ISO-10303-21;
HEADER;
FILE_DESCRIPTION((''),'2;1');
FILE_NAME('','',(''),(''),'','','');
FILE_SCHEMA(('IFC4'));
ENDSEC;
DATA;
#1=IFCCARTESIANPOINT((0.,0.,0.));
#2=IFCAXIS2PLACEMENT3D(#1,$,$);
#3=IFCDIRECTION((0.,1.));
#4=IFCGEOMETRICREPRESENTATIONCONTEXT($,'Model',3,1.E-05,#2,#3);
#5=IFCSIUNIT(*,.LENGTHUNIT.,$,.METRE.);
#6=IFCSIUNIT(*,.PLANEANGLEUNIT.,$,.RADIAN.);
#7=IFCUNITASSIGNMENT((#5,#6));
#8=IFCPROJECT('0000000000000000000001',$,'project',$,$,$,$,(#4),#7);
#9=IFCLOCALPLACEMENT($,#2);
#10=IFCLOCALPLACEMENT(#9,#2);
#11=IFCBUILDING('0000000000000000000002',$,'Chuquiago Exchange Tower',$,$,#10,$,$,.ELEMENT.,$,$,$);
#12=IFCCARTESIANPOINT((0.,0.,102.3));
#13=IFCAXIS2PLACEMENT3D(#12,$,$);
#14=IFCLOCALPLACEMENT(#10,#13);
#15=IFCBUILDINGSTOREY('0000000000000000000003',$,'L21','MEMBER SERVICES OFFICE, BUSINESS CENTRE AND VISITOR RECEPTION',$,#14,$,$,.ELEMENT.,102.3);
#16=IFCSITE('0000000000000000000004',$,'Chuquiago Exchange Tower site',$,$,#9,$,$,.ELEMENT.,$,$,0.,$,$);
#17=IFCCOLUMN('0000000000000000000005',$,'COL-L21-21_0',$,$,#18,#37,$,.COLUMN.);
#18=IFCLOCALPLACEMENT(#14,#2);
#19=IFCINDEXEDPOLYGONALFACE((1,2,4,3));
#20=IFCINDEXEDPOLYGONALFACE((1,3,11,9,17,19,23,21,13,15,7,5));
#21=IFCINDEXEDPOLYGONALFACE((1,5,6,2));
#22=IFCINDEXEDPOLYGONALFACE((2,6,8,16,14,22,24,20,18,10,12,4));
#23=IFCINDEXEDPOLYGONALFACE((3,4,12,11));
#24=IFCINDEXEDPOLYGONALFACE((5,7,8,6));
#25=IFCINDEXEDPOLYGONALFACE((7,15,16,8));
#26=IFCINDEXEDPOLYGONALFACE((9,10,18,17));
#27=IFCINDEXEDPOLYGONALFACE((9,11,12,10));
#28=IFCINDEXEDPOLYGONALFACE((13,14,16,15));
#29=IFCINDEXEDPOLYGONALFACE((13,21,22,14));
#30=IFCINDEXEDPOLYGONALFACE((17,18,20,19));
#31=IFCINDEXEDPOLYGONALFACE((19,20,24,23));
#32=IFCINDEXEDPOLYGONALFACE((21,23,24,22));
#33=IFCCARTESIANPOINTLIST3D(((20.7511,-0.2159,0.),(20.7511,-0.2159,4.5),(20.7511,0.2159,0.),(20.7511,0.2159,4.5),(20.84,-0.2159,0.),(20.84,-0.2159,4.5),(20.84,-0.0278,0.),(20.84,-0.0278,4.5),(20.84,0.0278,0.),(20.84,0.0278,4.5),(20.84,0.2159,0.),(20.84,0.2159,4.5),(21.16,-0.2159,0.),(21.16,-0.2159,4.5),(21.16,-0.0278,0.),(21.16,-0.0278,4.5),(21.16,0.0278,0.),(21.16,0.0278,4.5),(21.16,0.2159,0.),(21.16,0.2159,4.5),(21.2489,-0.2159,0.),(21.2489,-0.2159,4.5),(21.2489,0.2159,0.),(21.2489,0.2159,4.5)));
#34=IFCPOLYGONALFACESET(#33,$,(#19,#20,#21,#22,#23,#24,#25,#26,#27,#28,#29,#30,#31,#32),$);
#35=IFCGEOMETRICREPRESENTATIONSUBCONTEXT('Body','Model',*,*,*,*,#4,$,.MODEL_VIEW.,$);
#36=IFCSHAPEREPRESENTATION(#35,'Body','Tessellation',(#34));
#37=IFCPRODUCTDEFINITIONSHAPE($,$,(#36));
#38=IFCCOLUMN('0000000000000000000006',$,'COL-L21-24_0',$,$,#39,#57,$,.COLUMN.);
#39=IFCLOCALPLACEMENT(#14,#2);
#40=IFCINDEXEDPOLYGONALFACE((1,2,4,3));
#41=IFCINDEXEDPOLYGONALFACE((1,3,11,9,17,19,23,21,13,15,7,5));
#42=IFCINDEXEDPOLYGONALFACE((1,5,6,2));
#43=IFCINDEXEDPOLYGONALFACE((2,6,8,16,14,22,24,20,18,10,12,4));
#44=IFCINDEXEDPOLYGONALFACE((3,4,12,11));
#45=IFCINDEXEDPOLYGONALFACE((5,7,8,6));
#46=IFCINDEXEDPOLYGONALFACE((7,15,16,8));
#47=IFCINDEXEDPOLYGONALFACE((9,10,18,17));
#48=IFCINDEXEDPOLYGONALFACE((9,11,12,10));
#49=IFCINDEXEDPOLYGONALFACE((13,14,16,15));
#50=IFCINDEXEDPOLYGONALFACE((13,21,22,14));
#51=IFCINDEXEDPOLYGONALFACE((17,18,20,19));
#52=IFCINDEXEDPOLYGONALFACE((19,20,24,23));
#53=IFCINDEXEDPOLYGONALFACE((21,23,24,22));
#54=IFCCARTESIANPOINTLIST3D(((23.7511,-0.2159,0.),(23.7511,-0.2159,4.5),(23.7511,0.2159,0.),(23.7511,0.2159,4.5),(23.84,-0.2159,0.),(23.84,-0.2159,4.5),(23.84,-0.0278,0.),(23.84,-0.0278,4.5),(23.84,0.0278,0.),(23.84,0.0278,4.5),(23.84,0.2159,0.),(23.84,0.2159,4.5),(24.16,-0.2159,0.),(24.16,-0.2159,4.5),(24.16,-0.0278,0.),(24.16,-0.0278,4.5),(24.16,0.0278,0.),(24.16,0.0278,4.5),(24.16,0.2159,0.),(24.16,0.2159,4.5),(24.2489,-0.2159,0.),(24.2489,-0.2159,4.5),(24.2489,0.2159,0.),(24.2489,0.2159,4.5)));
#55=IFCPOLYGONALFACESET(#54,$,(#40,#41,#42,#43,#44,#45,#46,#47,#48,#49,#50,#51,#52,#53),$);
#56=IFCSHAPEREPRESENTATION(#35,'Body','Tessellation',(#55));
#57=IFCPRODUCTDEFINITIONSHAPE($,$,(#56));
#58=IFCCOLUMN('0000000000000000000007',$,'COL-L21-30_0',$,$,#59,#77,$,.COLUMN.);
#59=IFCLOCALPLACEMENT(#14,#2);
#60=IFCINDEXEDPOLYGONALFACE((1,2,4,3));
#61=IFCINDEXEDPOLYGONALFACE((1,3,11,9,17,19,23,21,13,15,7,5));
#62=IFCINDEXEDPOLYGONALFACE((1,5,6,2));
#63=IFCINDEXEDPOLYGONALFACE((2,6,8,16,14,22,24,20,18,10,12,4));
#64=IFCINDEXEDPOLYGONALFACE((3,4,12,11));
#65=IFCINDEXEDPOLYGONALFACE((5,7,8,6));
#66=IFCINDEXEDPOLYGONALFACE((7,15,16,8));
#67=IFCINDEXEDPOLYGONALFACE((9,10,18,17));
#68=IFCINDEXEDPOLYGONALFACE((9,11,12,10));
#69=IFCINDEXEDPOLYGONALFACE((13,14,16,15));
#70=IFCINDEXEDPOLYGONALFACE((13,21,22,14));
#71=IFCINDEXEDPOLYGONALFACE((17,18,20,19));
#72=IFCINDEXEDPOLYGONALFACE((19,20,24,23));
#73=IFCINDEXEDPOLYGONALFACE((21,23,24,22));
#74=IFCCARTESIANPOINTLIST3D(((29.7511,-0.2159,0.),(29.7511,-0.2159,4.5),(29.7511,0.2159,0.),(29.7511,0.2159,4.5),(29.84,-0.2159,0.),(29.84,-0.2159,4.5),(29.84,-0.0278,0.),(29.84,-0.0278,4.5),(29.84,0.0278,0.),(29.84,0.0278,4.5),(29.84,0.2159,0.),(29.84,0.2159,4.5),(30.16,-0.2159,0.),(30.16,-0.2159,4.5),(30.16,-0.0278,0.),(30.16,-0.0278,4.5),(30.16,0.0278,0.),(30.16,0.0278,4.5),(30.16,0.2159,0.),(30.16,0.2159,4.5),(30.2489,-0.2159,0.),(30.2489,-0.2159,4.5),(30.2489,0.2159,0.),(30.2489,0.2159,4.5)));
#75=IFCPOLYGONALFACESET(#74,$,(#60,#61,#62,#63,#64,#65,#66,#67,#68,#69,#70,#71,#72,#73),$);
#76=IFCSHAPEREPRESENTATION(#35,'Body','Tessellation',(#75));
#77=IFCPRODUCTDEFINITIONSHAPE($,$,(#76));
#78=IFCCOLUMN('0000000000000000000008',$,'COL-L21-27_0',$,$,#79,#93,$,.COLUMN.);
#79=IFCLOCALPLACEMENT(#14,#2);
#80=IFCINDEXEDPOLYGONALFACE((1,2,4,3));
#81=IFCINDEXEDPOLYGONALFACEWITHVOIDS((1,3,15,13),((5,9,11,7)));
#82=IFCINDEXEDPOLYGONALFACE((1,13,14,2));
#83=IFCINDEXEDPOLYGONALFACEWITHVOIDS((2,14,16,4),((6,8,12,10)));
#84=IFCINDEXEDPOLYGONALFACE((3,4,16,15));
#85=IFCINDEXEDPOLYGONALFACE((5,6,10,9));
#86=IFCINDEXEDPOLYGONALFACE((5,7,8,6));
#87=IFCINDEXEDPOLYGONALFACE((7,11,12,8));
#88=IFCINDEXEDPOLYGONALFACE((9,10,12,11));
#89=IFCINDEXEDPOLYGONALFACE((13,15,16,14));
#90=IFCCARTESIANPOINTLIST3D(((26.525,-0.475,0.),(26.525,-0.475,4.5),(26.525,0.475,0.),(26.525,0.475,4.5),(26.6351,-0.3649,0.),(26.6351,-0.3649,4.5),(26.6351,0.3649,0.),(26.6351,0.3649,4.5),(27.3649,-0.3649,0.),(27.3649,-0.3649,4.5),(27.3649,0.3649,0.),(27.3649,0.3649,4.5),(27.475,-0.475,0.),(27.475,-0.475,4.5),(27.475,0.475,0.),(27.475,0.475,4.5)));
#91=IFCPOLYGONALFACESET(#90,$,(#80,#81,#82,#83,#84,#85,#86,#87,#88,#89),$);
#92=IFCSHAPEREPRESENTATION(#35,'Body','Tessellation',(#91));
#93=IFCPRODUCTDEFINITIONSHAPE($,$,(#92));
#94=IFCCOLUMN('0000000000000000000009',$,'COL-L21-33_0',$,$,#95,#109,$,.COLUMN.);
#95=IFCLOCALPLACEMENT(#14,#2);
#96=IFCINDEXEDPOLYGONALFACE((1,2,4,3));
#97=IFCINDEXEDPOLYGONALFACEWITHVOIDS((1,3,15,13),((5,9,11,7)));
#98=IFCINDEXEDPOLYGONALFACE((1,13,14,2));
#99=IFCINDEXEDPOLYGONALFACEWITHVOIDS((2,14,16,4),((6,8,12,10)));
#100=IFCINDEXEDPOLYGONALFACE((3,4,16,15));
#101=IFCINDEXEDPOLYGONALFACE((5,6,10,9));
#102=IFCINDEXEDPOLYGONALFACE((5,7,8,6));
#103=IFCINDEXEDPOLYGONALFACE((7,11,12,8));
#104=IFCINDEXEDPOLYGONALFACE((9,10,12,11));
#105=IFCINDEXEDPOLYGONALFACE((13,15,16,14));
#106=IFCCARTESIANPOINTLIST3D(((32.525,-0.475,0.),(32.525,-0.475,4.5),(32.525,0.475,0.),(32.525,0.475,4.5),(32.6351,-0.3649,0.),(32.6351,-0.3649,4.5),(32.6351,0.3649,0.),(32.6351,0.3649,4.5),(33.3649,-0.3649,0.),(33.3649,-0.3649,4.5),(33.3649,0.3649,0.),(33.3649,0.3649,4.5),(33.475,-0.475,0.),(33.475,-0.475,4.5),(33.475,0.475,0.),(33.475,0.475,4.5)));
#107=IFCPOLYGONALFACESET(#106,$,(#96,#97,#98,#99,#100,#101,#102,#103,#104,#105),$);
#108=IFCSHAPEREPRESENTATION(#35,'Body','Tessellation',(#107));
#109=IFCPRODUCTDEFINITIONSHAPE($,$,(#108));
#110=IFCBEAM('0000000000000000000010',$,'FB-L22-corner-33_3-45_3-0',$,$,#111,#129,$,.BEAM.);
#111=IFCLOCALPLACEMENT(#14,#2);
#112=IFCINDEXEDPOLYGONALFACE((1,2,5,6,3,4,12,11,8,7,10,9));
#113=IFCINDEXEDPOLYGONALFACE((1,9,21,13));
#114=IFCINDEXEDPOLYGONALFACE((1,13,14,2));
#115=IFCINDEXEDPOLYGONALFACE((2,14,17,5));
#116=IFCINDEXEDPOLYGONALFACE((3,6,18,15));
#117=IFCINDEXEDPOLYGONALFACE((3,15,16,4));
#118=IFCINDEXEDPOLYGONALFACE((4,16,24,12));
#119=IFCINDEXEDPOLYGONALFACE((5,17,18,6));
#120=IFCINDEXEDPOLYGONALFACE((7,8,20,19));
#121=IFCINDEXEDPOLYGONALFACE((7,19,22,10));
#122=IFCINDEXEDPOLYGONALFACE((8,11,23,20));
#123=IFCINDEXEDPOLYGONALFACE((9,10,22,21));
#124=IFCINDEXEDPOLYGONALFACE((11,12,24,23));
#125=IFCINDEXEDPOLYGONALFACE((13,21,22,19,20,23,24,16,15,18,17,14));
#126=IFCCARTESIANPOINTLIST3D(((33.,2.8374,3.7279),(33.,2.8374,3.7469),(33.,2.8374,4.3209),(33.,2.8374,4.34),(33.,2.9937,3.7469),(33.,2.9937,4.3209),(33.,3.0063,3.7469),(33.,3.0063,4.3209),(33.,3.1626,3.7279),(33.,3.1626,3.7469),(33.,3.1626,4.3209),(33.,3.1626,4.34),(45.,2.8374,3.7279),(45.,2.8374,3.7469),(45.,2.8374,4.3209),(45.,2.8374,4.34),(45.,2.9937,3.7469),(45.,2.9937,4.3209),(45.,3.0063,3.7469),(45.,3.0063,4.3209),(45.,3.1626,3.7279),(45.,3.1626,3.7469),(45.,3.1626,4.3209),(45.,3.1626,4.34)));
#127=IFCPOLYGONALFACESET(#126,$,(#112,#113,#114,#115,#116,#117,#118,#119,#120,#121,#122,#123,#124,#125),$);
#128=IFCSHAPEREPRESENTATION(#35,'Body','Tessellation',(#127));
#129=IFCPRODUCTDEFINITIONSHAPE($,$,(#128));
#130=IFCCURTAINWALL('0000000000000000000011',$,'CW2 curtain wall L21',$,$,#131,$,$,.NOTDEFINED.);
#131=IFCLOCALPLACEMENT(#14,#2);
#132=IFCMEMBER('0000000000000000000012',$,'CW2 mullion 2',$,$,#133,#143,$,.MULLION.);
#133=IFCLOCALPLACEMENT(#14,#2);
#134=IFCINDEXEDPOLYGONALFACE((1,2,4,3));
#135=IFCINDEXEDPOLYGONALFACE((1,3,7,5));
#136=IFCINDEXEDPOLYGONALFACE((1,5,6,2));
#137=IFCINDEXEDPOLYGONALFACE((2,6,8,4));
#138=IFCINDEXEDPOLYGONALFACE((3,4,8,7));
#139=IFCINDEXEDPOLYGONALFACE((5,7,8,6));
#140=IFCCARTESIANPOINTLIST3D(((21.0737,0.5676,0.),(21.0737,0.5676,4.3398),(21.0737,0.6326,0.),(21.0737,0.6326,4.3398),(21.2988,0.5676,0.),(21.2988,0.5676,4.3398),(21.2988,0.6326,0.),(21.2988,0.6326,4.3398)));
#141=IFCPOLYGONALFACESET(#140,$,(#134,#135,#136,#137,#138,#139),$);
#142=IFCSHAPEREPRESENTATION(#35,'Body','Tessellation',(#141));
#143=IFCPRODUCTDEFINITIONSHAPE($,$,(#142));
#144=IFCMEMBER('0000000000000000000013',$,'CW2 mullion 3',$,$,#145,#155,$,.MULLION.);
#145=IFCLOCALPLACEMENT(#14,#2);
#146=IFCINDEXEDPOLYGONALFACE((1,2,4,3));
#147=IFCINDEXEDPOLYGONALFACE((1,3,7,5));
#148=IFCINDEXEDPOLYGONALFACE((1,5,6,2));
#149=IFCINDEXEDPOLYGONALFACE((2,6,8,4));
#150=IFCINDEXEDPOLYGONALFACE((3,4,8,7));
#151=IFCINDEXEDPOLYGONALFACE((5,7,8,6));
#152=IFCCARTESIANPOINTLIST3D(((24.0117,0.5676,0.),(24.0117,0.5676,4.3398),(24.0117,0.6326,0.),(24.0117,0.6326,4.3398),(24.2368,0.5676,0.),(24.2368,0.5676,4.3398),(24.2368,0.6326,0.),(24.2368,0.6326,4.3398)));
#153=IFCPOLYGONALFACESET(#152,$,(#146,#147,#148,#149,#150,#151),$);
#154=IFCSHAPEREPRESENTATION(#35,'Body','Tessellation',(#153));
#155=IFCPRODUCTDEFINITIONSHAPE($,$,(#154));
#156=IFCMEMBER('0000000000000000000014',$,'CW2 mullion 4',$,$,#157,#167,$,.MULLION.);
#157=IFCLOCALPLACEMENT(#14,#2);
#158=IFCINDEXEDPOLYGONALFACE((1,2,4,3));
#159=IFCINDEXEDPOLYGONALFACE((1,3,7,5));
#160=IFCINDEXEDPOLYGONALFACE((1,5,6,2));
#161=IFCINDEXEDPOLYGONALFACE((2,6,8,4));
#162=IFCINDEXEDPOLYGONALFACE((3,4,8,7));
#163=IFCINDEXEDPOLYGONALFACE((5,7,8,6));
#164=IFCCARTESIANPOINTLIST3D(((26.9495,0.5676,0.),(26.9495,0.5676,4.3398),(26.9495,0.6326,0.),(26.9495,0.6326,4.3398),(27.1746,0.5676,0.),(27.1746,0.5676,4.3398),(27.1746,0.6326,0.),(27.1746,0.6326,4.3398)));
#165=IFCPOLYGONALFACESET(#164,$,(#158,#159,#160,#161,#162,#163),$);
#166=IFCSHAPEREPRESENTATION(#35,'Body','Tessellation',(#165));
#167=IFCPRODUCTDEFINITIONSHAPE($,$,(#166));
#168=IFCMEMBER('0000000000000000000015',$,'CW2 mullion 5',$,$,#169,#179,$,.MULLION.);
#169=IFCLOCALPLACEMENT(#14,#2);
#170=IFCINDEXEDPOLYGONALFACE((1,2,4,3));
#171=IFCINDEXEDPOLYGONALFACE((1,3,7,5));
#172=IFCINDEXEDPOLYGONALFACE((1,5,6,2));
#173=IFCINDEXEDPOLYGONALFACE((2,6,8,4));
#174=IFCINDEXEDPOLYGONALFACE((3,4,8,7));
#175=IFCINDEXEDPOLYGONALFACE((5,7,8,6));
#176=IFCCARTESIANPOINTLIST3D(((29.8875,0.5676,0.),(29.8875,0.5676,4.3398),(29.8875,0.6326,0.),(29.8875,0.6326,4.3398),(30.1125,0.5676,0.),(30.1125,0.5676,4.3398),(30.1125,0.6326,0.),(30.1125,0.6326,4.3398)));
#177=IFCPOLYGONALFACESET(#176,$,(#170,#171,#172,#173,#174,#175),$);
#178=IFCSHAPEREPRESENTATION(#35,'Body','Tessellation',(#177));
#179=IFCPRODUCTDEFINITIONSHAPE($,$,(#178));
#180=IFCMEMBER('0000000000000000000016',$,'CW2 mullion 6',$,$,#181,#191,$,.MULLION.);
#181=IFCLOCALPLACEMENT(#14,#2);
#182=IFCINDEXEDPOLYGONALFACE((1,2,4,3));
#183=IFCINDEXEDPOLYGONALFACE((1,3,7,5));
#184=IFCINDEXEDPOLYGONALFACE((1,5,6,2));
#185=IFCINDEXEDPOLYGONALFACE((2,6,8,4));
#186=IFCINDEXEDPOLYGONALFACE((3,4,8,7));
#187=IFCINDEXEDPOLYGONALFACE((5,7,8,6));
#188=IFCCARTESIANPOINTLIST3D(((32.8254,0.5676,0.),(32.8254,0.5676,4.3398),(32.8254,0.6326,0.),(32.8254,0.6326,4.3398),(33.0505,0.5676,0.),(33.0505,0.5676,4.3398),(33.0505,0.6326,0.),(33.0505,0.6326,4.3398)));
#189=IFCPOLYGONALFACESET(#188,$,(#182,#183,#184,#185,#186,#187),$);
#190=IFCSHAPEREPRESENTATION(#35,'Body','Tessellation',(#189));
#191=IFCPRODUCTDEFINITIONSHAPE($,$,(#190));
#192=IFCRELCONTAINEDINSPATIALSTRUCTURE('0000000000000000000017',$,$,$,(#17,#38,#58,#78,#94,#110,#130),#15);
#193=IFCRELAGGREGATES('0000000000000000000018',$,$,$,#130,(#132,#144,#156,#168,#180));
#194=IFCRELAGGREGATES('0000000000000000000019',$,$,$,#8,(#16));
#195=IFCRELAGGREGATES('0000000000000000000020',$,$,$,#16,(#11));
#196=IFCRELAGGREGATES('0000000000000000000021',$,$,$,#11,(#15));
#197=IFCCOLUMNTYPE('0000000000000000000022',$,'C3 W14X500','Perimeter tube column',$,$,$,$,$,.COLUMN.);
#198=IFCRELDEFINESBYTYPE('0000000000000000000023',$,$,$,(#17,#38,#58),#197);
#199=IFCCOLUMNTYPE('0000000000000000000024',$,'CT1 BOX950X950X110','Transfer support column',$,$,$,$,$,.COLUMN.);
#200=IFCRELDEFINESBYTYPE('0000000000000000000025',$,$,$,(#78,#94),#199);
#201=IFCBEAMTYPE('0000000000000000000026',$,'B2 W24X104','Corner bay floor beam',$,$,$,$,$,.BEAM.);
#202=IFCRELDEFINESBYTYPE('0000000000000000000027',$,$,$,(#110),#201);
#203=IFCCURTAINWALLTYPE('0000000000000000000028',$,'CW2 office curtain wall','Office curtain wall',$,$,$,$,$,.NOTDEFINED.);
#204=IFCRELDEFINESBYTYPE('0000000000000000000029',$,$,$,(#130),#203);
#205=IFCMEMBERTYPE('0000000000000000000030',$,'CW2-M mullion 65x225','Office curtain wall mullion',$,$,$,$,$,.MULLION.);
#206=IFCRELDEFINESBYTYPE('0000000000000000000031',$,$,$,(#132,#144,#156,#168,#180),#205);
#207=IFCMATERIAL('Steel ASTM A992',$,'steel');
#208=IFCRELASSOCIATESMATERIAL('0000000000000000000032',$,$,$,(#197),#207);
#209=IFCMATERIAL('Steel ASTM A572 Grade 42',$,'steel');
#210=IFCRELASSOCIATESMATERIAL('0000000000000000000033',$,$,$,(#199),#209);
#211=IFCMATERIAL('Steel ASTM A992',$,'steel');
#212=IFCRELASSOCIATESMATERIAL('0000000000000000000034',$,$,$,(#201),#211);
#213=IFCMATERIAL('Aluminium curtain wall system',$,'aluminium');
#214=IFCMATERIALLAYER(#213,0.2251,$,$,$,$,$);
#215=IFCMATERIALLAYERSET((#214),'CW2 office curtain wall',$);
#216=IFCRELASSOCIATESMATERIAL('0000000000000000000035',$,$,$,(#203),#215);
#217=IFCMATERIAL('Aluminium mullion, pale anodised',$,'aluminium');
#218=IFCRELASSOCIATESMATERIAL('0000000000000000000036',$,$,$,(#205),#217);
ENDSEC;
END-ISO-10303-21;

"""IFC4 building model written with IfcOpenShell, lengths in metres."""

from ifc_helpers import new_model, si_unit, direction, frame, origin, origin_2d, place, context, subcontext, project, spatial, rectangle, hollow_rectangle, i_section, extrude, material, layer, layer_set, material_profile, profile_set, type_object, element, aggregate, save


model = new_model("IFC4")

# Units and contexts
model_context = context("Model", 3, precision=1e-05, world=origin(), true_north=direction((0.0, 1.0)))
body_context = subcontext(model_context, "Body", "Model", "MODEL_VIEW")
ifc_project = project(units=[si_unit("LENGTHUNIT", "METRE"), si_unit("PLANEANGLEUNIT", "RADIAN")], contexts=[model_context])

# Site, building, storey
site_placement = place(None, origin())
site = spatial("IfcSite", under=ifc_project, at=site_placement, Name="Chuquiago Exchange Tower site", CompositionType="ELEMENT", RefElevation=0.0)
building_placement = place(site_placement, origin())
building = spatial("IfcBuilding", under=site, at=building_placement, Name="Chuquiago Exchange Tower", CompositionType="ELEMENT")
storey_placement = place(building_placement, frame((0.0, 0.0, 102.3)))
storey = spatial("IfcBuildingStorey", under=building, at=storey_placement, Name="L21", Description="MEMBER SERVICES OFFICE, BUSINESS CENTRE AND VISITOR RECEPTION", CompositionType="ELEMENT", Elevation=102.3)

# Columns
ifc_material_1 = material(Name="Steel ASTM A992", Category="steel")
ifc_material_profile_1 = material_profile(ifc_material_1, i_section(OverallWidth=0.4319, OverallDepth=0.4978, WebThickness=0.0557, FlangeThickness=0.0889, at=origin_2d()), Name="W14X500")
ifc_profile_set_1 = profile_set([ifc_material_profile_1], Name="Steel ASTM A992")
column_type_1 = type_object("IfcColumnType", Name="C3 W14X500", Description="Perimeter tube column", PredefinedType="COLUMN", material=ifc_profile_set_1)
for number, where, z_axis, x_axis, name in (
    (1, (21.0, 0.0, 0.0), (0.0, 0.0, 1.0), (0.0, -1.0, 0.0), "COL-L21-21_0"),
    (2, (24.0, 0.0, 0.0), (0.0, 0.0, 1.0), (0.0, -1.0, 0.0), "COL-L21-24_0"),
    (3, (30.0, 0.0, 0.0), (0.0, 0.0, 1.0), (0.0, -1.0, 0.0), "COL-L21-30_0"),
):
    element("IfcColumn", number, at=place(storey_placement, frame(where, z_axis=z_axis, x_axis=x_axis)), inside=storey, type_object=column_type_1, Name=name, PredefinedType="COLUMN", context=body_context, shape_type="SweptSolid", body=[
        extrude(i_section(OverallWidth=0.4319, OverallDepth=0.4978, WebThickness=0.0557, FlangeThickness=0.0889, at=origin_2d()), origin(), (0.0, 0.0, 1.0), 4.5),
    ])
ifc_material_2 = material(Name="Steel ASTM A572 Grade 42", Category="steel")
ifc_material_profile_2 = material_profile(ifc_material_2, hollow_rectangle(XDim=0.95, YDim=0.95, WallThickness=0.1101, at=origin_2d()), Name="BOX950X950X110")
ifc_profile_set_2 = profile_set([ifc_material_profile_2], Name="Steel ASTM A572 Grade 42")
column_type_2 = type_object("IfcColumnType", Name="CT1 BOX950X950X110", Description="Transfer support column", PredefinedType="COLUMN", material=ifc_profile_set_2)
for number, where, z_axis, x_axis, name in (
    (4, (27.0, 0.0, 0.0), (0.0, 0.0, 1.0), (0.0, -1.0, 0.0), "COL-L21-27_0"),
    (5, (33.0, 0.0, 0.0), (0.0, 0.0, 1.0), (0.0, -1.0, 0.0), "COL-L21-33_0"),
):
    element("IfcColumn", number, at=place(storey_placement, frame(where, z_axis=z_axis, x_axis=x_axis)), inside=storey, type_object=column_type_2, Name=name, PredefinedType="COLUMN", context=body_context, shape_type="SweptSolid", body=[
        extrude(hollow_rectangle(XDim=0.95, YDim=0.95, WallThickness=0.1101, at=origin_2d()), origin(), (0.0, 0.0, 1.0), 4.5),
    ])

# Beam
ifc_material_3 = material(Name="Steel ASTM A992", Category="steel")
ifc_material_profile_3 = material_profile(ifc_material_3, i_section(OverallWidth=0.3252, OverallDepth=0.6121, WebThickness=0.0127, FlangeThickness=0.019, at=origin_2d()), Name="W24X104")
ifc_profile_set_3 = profile_set([ifc_material_profile_3], Name="Steel ASTM A992")
beam_type_1 = type_object("IfcBeamType", Name="B2 W24X104", Description="Corner bay floor beam", PredefinedType="BEAM", material=ifc_profile_set_3)
beam_placement = place(storey_placement, frame((33.0, 3.0, 4.0339), z_axis=(1.0, 0.0, 0.0), x_axis=(0.0, 1.0, 0.0)))
element("IfcBeam", 6, at=beam_placement, inside=storey, type_object=beam_type_1, Name="FB-L22-corner-33_3-45_3-0", PredefinedType="BEAM", context=body_context, shape_type="SweptSolid", body=[
    extrude(i_section(OverallWidth=0.3252, OverallDepth=0.6121, WebThickness=0.0127, FlangeThickness=0.019, at=origin_2d()), origin(), (0.0, 0.0, 1.0), 12.0),
])

# Curtain wall, members
ifc_material_4 = material(Name="Aluminium curtain wall system", Category="aluminium")
ifc_layer_1 = layer(ifc_material_4, 0.2251)
ifc_layer_set_1 = layer_set([ifc_layer_1], Name="CW2 office curtain wall")
curtain_wall_type = type_object("IfcCurtainWallType", Name="CW2 office curtain wall", Description="Office curtain wall", PredefinedType="NOTDEFINED", material=ifc_layer_set_1)
curtain_wall_placement = place(storey_placement, origin())
curtain_wall = element("IfcCurtainWall", 7, at=curtain_wall_placement, inside=storey, type_object=curtain_wall_type, Name="CW2 curtain wall L21", PredefinedType="NOTDEFINED")
ifc_material_5 = material(Name="Aluminium mullion, pale anodised", Category="aluminium")
ifc_material_profile_4 = material_profile(ifc_material_5, rectangle(XDim=0.0649, YDim=0.2251, at=origin_2d()), Name="AL 65x225")
ifc_profile_set_4 = profile_set([ifc_material_profile_4], Name="Aluminium mullion, pale anodised")
member_type_1 = type_object("IfcMemberType", Name="CW2-M mullion 65x225", Description="Office curtain wall mullion", PredefinedType="MULLION", material=ifc_profile_set_4)
member_1_placement = place(storey_placement, frame((21.1863, 0.6001, 0.0), z_axis=(0.0, 0.0, 1.0), x_axis=(0.0, 1.0, 0.0)))
member_1 = element("IfcMember", 8, at=member_1_placement, type_object=member_type_1, Name="CW2 mullion 2", PredefinedType="MULLION", context=body_context, shape_type="SweptSolid", body=[
    extrude(rectangle(XDim=0.0649, YDim=0.2251, at=origin_2d()), origin(), (0.0, 0.0, 1.0), 4.3398),
])
member_2_placement = place(storey_placement, frame((24.1243, 0.6001, 0.0), z_axis=(0.0, 0.0, 1.0), x_axis=(0.0, 1.0, 0.0)))
member_2 = element("IfcMember", 9, at=member_2_placement, type_object=member_type_1, Name="CW2 mullion 3", PredefinedType="MULLION", context=body_context, shape_type="SweptSolid", body=[
    extrude(rectangle(XDim=0.0649, YDim=0.2251, at=origin_2d()), origin(), (0.0, 0.0, 1.0), 4.3398),
])
member_3_placement = place(storey_placement, frame((27.062, 0.6001, 0.0), z_axis=(0.0, 0.0, 1.0), x_axis=(0.0, 1.0, 0.0)))
member_3 = element("IfcMember", 10, at=member_3_placement, type_object=member_type_1, Name="CW2 mullion 4", PredefinedType="MULLION", context=body_context, shape_type="SweptSolid", body=[
    extrude(rectangle(XDim=0.0649, YDim=0.2251, at=origin_2d()), origin(), (0.0, 0.0, 1.0), 4.3398),
])
member_4_placement = place(storey_placement, frame((30.0, 0.6001, 0.0), z_axis=(0.0, 0.0, 1.0), x_axis=(0.0, 1.0, 0.0)))
member_4 = element("IfcMember", 11, at=member_4_placement, type_object=member_type_1, Name="CW2 mullion 5", PredefinedType="MULLION", context=body_context, shape_type="SweptSolid", body=[
    extrude(rectangle(XDim=0.0649, YDim=0.2251, at=origin_2d()), origin(), (0.0, 0.0, 1.0), 4.3398),
])
member_5_placement = place(storey_placement, frame((32.938, 0.6001, 0.0), z_axis=(0.0, 0.0, 1.0), x_axis=(0.0, 1.0, 0.0)))
member_5 = element("IfcMember", 12, at=member_5_placement, type_object=member_type_1, Name="CW2 mullion 6", PredefinedType="MULLION", context=body_context, shape_type="SweptSolid", body=[
    extrude(rectangle(XDim=0.0649, YDim=0.2251, at=origin_2d()), origin(), (0.0, 0.0, 1.0), 4.3398),
])

aggregate(curtain_wall, [member_1, member_2, member_3, member_4, member_5])

save(model, "model.ifc")
